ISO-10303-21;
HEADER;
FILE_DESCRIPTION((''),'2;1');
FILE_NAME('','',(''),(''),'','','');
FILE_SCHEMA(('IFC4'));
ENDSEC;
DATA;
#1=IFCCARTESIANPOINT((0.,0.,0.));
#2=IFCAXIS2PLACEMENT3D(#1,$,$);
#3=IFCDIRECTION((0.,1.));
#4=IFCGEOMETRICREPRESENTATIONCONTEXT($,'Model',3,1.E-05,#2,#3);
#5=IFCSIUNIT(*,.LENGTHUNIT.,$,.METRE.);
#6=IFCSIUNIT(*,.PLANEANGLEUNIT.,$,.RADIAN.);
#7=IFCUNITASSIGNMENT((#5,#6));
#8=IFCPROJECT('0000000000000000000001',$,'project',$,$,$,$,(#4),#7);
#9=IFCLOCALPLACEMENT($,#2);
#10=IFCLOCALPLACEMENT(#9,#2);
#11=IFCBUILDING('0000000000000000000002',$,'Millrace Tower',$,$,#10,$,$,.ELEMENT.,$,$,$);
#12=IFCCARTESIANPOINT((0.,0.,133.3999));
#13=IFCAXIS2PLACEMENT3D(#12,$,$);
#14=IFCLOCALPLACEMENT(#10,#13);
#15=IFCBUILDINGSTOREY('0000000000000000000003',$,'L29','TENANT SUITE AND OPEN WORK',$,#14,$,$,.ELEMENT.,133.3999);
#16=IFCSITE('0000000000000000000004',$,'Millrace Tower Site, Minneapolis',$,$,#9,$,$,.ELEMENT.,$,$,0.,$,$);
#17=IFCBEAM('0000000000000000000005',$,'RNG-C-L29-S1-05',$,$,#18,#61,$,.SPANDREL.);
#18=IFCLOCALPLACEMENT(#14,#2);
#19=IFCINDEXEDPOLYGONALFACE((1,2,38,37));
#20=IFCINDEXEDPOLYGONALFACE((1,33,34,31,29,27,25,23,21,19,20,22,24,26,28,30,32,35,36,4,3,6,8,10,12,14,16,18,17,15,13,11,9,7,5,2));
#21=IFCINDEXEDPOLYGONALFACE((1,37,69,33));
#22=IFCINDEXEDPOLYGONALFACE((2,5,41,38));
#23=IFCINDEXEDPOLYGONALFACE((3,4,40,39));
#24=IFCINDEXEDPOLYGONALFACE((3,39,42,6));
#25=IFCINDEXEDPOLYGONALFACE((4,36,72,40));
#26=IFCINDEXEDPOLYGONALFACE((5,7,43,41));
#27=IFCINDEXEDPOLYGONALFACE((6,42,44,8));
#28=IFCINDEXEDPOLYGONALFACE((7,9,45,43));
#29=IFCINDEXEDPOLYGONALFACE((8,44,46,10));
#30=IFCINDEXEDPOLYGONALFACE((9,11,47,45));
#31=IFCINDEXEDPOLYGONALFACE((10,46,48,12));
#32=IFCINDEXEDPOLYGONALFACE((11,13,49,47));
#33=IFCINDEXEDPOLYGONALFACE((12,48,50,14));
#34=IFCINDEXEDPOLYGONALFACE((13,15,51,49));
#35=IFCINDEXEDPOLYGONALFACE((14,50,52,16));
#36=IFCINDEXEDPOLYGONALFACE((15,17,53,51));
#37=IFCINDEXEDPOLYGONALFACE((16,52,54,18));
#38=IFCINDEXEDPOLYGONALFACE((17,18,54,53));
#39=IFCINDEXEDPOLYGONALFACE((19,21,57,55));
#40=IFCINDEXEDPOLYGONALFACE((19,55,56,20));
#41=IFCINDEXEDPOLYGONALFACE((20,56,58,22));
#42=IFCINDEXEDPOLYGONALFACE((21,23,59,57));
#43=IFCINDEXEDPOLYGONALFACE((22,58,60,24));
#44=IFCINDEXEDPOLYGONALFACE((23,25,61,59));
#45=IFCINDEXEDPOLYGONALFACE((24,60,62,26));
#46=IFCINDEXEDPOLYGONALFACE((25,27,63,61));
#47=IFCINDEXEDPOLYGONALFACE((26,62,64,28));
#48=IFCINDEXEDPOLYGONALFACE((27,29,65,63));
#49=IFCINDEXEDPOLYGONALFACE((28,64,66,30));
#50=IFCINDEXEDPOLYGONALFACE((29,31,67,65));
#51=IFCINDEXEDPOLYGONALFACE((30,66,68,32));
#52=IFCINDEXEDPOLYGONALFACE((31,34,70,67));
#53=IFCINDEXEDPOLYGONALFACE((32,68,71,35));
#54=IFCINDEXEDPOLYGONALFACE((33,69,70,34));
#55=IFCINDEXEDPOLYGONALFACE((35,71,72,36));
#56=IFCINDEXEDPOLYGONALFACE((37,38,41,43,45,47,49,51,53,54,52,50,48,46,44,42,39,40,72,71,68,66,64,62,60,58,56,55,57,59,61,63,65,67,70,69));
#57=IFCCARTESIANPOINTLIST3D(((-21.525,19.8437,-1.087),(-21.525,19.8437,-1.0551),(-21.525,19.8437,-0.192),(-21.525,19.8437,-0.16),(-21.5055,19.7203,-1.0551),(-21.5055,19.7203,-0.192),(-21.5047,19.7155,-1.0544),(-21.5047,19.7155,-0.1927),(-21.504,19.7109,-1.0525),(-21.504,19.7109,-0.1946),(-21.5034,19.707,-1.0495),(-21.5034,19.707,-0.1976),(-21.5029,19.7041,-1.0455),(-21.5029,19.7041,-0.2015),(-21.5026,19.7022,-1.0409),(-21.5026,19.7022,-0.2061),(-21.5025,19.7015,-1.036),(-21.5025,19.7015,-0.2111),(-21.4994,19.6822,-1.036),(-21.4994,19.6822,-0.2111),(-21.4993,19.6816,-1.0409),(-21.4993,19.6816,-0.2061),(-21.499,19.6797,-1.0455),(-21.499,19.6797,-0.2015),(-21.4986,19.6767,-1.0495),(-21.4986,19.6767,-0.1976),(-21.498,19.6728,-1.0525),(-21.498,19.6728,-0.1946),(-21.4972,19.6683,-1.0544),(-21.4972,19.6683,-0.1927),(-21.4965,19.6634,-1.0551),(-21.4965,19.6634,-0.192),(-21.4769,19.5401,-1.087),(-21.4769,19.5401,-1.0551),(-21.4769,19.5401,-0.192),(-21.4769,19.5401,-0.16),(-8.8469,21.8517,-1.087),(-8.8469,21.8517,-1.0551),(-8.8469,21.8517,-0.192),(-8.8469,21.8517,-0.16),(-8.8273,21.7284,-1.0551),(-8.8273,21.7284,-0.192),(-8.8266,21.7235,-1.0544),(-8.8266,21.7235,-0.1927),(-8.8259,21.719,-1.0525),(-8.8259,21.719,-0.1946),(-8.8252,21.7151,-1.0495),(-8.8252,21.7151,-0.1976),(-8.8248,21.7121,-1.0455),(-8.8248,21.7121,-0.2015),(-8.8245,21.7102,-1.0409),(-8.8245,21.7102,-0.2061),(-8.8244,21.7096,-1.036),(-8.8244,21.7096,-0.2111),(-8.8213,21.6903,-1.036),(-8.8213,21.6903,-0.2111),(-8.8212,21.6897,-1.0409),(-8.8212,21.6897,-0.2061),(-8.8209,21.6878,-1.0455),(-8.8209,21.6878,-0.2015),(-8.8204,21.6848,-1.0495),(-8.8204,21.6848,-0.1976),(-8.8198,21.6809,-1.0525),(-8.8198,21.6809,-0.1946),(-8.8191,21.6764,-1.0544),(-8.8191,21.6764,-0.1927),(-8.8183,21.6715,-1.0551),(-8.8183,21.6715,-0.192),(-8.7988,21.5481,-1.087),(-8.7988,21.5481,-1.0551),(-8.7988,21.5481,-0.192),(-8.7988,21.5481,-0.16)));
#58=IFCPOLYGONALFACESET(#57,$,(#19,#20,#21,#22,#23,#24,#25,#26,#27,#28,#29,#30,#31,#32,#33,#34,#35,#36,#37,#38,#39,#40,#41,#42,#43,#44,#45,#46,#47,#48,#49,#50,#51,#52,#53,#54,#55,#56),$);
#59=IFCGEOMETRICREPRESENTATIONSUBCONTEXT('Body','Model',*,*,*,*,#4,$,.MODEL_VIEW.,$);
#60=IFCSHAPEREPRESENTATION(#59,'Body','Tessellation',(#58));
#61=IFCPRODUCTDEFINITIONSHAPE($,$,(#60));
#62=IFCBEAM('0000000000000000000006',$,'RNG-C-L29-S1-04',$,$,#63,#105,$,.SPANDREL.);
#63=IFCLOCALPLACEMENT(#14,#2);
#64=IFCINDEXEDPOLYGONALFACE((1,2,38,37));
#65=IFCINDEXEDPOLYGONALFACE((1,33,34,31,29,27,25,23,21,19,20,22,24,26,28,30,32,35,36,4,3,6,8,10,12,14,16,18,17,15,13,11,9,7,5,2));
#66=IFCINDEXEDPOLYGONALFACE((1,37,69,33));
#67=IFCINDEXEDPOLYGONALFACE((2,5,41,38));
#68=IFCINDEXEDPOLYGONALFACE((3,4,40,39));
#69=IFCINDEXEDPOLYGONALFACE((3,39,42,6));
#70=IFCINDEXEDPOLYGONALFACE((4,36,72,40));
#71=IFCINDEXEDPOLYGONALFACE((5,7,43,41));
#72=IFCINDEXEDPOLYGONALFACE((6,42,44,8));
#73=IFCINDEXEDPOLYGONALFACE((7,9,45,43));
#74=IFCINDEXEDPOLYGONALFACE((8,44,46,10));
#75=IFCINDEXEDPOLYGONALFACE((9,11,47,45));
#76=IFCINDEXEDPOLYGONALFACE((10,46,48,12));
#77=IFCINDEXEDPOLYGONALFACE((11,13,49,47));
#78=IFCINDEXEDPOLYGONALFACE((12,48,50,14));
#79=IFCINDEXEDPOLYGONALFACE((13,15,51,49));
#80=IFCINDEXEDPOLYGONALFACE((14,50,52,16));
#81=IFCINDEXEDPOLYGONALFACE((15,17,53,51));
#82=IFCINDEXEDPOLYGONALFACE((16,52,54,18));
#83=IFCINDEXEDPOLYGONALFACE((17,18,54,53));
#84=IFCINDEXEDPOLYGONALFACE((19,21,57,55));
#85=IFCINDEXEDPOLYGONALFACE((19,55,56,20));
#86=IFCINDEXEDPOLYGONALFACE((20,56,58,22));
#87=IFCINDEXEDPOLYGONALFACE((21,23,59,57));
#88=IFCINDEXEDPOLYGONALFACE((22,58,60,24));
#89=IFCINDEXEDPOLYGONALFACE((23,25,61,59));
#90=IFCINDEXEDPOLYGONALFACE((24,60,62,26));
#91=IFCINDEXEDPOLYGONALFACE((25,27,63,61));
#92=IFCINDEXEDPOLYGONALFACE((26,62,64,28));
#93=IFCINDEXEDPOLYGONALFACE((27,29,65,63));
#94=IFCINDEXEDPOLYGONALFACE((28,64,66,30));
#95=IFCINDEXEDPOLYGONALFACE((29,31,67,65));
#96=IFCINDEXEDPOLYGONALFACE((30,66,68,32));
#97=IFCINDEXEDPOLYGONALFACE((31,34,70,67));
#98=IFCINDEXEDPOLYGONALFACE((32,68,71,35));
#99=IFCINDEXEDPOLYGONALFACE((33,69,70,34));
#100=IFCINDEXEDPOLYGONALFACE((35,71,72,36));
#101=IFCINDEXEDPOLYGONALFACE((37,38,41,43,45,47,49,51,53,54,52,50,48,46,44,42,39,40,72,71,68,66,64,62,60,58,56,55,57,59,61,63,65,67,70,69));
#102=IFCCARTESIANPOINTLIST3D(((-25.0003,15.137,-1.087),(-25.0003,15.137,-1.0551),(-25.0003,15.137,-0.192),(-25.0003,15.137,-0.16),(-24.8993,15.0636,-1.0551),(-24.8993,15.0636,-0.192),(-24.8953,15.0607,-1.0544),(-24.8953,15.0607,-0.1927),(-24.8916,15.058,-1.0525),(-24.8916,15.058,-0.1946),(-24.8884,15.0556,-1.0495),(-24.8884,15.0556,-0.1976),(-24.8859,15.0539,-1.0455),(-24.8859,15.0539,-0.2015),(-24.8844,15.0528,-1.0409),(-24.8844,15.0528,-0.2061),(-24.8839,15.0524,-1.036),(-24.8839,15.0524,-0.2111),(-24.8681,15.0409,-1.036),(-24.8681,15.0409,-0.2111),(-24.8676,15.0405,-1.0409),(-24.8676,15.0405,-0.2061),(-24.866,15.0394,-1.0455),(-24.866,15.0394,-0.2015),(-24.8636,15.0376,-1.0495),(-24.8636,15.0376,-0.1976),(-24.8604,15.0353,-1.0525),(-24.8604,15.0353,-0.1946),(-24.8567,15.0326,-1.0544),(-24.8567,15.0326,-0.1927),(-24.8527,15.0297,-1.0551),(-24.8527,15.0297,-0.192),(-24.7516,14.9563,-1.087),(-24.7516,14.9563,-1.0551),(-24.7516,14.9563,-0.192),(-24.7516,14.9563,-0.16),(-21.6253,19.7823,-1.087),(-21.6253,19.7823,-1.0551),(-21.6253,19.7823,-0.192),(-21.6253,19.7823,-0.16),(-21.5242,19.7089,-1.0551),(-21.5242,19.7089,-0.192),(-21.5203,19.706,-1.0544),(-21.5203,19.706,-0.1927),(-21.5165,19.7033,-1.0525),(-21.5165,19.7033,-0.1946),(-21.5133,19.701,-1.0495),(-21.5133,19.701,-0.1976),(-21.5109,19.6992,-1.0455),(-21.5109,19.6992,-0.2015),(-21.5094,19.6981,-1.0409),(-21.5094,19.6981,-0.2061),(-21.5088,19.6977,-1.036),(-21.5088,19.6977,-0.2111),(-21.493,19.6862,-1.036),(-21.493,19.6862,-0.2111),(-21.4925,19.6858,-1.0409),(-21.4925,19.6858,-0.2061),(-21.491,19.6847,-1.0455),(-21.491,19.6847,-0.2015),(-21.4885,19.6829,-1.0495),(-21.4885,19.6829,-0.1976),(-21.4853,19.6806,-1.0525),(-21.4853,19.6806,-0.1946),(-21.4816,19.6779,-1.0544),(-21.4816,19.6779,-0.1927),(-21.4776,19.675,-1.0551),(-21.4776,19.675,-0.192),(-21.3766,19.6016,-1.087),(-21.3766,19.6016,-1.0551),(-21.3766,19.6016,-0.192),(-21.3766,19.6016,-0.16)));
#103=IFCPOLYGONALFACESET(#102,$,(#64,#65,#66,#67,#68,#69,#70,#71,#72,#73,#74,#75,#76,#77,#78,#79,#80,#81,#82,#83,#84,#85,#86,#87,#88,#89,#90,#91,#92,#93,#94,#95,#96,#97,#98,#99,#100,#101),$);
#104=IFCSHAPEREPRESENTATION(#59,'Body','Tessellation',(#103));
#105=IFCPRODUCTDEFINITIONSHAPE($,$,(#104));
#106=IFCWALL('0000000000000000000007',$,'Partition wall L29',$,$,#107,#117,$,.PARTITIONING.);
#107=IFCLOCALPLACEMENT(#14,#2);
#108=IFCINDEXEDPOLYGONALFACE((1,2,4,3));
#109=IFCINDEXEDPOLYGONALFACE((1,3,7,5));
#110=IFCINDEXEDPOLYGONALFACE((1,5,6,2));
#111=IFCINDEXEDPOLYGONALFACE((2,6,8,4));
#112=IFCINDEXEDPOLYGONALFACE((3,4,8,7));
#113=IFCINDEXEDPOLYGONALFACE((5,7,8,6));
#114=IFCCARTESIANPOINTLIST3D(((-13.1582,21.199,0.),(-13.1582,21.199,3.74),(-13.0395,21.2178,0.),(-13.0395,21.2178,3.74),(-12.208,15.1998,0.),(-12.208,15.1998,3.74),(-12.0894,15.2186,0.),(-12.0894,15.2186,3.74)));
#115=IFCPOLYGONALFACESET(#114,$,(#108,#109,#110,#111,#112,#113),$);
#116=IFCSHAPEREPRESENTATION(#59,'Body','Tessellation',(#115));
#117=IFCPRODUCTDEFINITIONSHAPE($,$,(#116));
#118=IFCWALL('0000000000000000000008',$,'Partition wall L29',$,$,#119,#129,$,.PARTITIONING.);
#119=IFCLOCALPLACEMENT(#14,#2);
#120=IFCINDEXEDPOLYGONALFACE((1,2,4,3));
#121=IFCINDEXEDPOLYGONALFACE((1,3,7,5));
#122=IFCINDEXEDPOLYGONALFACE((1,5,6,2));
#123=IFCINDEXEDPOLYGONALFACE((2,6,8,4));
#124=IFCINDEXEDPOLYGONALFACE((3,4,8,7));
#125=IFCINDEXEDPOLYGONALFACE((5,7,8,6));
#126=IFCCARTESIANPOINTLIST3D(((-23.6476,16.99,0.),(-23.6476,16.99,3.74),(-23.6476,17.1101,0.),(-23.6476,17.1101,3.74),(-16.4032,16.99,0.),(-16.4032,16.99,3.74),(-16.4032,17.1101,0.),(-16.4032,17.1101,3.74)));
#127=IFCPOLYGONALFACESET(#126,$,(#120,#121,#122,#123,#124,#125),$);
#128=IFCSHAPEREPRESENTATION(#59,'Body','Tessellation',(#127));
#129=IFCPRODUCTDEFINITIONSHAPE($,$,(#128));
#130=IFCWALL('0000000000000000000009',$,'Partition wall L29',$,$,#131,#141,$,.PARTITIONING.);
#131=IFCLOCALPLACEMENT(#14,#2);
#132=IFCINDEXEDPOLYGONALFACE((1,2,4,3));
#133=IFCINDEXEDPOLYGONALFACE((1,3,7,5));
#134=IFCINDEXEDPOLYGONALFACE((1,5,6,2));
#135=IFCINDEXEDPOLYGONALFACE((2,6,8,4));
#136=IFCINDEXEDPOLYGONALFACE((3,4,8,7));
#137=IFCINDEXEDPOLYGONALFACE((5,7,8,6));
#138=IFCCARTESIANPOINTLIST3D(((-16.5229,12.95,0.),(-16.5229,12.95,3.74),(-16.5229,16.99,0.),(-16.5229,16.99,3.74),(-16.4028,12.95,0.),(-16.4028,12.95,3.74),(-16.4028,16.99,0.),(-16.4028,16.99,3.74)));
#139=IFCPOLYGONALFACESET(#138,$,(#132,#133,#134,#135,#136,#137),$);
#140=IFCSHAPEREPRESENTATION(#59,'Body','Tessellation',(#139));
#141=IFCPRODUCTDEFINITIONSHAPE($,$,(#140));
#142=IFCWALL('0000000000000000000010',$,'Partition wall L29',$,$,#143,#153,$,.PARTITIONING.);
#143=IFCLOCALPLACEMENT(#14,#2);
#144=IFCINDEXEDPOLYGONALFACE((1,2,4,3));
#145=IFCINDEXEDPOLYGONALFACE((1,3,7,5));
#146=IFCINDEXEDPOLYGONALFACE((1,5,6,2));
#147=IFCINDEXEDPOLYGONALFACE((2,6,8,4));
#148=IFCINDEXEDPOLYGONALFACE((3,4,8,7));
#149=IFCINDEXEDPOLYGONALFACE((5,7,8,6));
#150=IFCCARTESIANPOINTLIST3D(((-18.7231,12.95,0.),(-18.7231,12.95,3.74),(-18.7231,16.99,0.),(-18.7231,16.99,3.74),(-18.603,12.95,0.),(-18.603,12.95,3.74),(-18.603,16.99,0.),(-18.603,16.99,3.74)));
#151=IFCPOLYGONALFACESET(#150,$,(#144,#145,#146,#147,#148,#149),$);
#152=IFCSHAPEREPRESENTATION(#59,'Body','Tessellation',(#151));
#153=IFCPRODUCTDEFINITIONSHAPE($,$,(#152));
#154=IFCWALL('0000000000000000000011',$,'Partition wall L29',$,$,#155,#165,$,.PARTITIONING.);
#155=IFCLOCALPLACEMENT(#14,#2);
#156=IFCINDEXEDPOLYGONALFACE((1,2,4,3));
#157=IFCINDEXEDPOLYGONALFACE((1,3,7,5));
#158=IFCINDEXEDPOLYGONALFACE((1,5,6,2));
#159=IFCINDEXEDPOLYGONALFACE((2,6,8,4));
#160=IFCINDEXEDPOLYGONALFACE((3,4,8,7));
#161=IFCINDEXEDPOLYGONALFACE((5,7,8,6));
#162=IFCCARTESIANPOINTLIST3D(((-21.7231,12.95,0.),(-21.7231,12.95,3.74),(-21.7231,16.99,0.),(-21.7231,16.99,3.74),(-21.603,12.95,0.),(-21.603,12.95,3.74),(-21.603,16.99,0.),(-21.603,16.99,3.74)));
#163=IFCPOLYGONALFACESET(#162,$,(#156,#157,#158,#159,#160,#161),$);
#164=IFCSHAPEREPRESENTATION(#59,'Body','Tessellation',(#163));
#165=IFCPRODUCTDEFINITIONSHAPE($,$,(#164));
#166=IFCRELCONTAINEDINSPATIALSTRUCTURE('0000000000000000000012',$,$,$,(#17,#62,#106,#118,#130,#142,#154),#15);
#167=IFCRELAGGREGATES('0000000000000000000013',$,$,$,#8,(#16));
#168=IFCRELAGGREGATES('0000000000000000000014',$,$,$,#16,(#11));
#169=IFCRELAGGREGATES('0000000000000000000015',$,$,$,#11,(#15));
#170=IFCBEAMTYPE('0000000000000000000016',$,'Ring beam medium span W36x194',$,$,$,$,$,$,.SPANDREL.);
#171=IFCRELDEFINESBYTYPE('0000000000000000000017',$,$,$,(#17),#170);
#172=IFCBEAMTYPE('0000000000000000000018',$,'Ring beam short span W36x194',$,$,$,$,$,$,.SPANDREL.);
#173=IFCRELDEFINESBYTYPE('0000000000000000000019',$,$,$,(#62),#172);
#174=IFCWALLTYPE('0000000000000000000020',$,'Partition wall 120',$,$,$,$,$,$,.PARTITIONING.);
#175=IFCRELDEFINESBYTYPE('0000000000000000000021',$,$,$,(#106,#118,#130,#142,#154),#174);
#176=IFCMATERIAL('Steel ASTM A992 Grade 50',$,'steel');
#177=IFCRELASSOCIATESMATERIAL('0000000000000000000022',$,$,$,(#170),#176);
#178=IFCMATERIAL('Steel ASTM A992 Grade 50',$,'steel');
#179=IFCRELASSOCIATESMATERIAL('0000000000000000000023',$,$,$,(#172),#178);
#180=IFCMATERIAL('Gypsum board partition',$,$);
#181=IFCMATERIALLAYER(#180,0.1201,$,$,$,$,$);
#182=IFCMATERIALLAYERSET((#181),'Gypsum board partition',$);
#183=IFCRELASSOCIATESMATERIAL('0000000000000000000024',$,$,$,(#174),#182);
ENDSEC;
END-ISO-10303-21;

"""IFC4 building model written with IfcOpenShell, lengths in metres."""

from ifc_helpers import new_model, si_unit, direction, frame, frame_2d, origin, origin_2d, place, context, subcontext, project, spatial, rectangle, i_section, extrude, material, layer, layer_set, material_profile, profile_set, type_object, element, save


model = new_model("IFC4")

# Units and contexts
model_context = context("Model", 3, precision=1e-05, world=origin(), true_north=direction((0.0, 1.0)))
body_context = subcontext(model_context, "Body", "Model", "MODEL_VIEW")
ifc_project = project(units=[si_unit("LENGTHUNIT", "METRE"), si_unit("PLANEANGLEUNIT", "RADIAN")], contexts=[model_context])

# Site, building, storey
site_placement = place(None, origin())
site = spatial("IfcSite", under=ifc_project, at=site_placement, Name="Millrace Tower Site, Minneapolis", CompositionType="ELEMENT", RefElevation=0.0)
building_placement = place(site_placement, origin())
building = spatial("IfcBuilding", under=site, at=building_placement, Name="Millrace Tower", CompositionType="ELEMENT")
storey_placement = place(building_placement, frame((0.0, 0.0, 133.3999)))
storey = spatial("IfcBuildingStorey", under=building, at=storey_placement, Name="L29", Description="TENANT SUITE AND OPEN WORK", CompositionType="ELEMENT", Elevation=133.3999)

# Beams
ifc_material_1 = material(Name="Steel ASTM A992 Grade 50", Category="steel")
ifc_material_profile_1 = material_profile(ifc_material_1, i_section(OverallWidth=0.3074, OverallDepth=0.927, WebThickness=0.0195, FlangeThickness=0.032, FilletRadius=0.019, at=origin_2d()))
ifc_profile_set_1 = profile_set([ifc_material_profile_1], Name="Steel ASTM A992 Grade 50")
beam_type_1 = type_object("IfcBeamType", Name="Ring beam medium span W36x194", PredefinedType="SPANDREL", material=ifc_profile_set_1)
beam_1_placement = place(storey_placement, frame((-21.501, 19.6919, -0.6235), z_axis=(0.987688, 0.156436, 0.0), x_axis=(-0.156436, 0.987688, 0.0)))
element("IfcBeam", 1, at=beam_1_placement, inside=storey, type_object=beam_type_1, Name="RNG-C-L29-S1-05", PredefinedType="SPANDREL", context=body_context, shape_type="SweptSolid", body=[
    extrude(i_section(OverallWidth=0.3074, OverallDepth=0.927, WebThickness=0.0195, FlangeThickness=0.032, FilletRadius=0.019, at=origin_2d()), origin(), (0.0, 0.0, 1.0), 12.8362),
])
ifc_material_2 = material(Name="Steel ASTM A992 Grade 50", Category="steel")
ifc_material_profile_2 = material_profile(ifc_material_2, i_section(OverallWidth=0.3074, OverallDepth=0.927, WebThickness=0.0195, FlangeThickness=0.032, FilletRadius=0.019, at=origin_2d()))
ifc_profile_set_2 = profile_set([ifc_material_profile_2], Name="Steel ASTM A992 Grade 50")
beam_type_2 = type_object("IfcBeamType", Name="Ring beam short span W36x194", PredefinedType="SPANDREL", material=ifc_profile_set_2)
beam_2_placement = place(storey_placement, frame((-24.876, 15.0466, -0.6235), z_axis=(0.587787, 0.809015, 0.0), x_axis=(-0.809015, 0.587787, 0.0)))
element("IfcBeam", 2, at=beam_2_placement, inside=storey, type_object=beam_type_2, Name="RNG-C-L29-S1-04", PredefinedType="SPANDREL", context=body_context, shape_type="SweptSolid", body=[
    extrude(i_section(OverallWidth=0.3074, OverallDepth=0.927, WebThickness=0.0195, FlangeThickness=0.032, FilletRadius=0.019, at=origin_2d()), origin(), (0.0, 0.0, 1.0), 5.7419),
])

# Walls
ifc_material_3 = material(Name="Gypsum board partition")
ifc_layer_1 = layer(ifc_material_3, 0.1201)
ifc_layer_set_1 = layer_set([ifc_layer_1], Name="Gypsum board partition")
wall_type = type_object("IfcWallType", Name="Partition wall 120", PredefinedType="PARTITIONING", material=ifc_layer_set_1)
wall_1_placement = place(storey_placement, frame((-13.0989, 21.2085, 0.0), z_axis=(0.0, 0.0, 1.0), x_axis=(0.156435, -0.987688, 0.0)))
element("IfcWall", 3, at=wall_1_placement, inside=storey, type_object=wall_type, Name="Partition wall L29", PredefinedType="PARTITIONING", context=body_context, shape_type="SweptSolid", body=[
    extrude(rectangle(XDim=6.074, YDim=0.1201, at=frame_2d((3.0371, 0.0))), origin(), (0.0, 0.0, 1.0), 3.74),
])
wall_2_placement = place(storey_placement, frame((-23.6475, 17.05, 0.0), z_axis=(0.0, 0.0, 1.0), x_axis=(1.0, 0.0, 0.0)))
element("IfcWall", 4, at=wall_2_placement, inside=storey, type_object=wall_type, Name="Partition wall L29", PredefinedType="PARTITIONING", context=body_context, shape_type="SweptSolid", body=[
    extrude(rectangle(XDim=7.2444, YDim=0.1201, at=frame_2d((3.6221, 0.0))), origin(), (0.0, 0.0, 1.0), 3.74),
])
for number, where, z_axis, x_axis, name in (
    (5, (-16.4629, 12.95, 0.0), (0.0, 0.0, 1.0), (0.0, 1.0, 0.0), "Partition wall L29"),
    (6, (-18.6631, 12.95, 0.0), (0.0, 0.0, 1.0), (0.0, 1.0, 0.0), "Partition wall L29"),
    (7, (-21.6631, 12.95, 0.0), (0.0, 0.0, 1.0), (0.0, 1.0, 0.0), "Partition wall L29"),
):
    element("IfcWall", number, at=place(storey_placement, frame(where, z_axis=z_axis, x_axis=x_axis)), inside=storey, type_object=wall_type, Name=name, PredefinedType="PARTITIONING", context=body_context, shape_type="SweptSolid", body=[
        extrude(rectangle(XDim=4.04, YDim=0.1201, at=frame_2d((2.02, 0.0))), origin(), (0.0, 0.0, 1.0), 3.74),
    ])

save(model, "model.ifc")
